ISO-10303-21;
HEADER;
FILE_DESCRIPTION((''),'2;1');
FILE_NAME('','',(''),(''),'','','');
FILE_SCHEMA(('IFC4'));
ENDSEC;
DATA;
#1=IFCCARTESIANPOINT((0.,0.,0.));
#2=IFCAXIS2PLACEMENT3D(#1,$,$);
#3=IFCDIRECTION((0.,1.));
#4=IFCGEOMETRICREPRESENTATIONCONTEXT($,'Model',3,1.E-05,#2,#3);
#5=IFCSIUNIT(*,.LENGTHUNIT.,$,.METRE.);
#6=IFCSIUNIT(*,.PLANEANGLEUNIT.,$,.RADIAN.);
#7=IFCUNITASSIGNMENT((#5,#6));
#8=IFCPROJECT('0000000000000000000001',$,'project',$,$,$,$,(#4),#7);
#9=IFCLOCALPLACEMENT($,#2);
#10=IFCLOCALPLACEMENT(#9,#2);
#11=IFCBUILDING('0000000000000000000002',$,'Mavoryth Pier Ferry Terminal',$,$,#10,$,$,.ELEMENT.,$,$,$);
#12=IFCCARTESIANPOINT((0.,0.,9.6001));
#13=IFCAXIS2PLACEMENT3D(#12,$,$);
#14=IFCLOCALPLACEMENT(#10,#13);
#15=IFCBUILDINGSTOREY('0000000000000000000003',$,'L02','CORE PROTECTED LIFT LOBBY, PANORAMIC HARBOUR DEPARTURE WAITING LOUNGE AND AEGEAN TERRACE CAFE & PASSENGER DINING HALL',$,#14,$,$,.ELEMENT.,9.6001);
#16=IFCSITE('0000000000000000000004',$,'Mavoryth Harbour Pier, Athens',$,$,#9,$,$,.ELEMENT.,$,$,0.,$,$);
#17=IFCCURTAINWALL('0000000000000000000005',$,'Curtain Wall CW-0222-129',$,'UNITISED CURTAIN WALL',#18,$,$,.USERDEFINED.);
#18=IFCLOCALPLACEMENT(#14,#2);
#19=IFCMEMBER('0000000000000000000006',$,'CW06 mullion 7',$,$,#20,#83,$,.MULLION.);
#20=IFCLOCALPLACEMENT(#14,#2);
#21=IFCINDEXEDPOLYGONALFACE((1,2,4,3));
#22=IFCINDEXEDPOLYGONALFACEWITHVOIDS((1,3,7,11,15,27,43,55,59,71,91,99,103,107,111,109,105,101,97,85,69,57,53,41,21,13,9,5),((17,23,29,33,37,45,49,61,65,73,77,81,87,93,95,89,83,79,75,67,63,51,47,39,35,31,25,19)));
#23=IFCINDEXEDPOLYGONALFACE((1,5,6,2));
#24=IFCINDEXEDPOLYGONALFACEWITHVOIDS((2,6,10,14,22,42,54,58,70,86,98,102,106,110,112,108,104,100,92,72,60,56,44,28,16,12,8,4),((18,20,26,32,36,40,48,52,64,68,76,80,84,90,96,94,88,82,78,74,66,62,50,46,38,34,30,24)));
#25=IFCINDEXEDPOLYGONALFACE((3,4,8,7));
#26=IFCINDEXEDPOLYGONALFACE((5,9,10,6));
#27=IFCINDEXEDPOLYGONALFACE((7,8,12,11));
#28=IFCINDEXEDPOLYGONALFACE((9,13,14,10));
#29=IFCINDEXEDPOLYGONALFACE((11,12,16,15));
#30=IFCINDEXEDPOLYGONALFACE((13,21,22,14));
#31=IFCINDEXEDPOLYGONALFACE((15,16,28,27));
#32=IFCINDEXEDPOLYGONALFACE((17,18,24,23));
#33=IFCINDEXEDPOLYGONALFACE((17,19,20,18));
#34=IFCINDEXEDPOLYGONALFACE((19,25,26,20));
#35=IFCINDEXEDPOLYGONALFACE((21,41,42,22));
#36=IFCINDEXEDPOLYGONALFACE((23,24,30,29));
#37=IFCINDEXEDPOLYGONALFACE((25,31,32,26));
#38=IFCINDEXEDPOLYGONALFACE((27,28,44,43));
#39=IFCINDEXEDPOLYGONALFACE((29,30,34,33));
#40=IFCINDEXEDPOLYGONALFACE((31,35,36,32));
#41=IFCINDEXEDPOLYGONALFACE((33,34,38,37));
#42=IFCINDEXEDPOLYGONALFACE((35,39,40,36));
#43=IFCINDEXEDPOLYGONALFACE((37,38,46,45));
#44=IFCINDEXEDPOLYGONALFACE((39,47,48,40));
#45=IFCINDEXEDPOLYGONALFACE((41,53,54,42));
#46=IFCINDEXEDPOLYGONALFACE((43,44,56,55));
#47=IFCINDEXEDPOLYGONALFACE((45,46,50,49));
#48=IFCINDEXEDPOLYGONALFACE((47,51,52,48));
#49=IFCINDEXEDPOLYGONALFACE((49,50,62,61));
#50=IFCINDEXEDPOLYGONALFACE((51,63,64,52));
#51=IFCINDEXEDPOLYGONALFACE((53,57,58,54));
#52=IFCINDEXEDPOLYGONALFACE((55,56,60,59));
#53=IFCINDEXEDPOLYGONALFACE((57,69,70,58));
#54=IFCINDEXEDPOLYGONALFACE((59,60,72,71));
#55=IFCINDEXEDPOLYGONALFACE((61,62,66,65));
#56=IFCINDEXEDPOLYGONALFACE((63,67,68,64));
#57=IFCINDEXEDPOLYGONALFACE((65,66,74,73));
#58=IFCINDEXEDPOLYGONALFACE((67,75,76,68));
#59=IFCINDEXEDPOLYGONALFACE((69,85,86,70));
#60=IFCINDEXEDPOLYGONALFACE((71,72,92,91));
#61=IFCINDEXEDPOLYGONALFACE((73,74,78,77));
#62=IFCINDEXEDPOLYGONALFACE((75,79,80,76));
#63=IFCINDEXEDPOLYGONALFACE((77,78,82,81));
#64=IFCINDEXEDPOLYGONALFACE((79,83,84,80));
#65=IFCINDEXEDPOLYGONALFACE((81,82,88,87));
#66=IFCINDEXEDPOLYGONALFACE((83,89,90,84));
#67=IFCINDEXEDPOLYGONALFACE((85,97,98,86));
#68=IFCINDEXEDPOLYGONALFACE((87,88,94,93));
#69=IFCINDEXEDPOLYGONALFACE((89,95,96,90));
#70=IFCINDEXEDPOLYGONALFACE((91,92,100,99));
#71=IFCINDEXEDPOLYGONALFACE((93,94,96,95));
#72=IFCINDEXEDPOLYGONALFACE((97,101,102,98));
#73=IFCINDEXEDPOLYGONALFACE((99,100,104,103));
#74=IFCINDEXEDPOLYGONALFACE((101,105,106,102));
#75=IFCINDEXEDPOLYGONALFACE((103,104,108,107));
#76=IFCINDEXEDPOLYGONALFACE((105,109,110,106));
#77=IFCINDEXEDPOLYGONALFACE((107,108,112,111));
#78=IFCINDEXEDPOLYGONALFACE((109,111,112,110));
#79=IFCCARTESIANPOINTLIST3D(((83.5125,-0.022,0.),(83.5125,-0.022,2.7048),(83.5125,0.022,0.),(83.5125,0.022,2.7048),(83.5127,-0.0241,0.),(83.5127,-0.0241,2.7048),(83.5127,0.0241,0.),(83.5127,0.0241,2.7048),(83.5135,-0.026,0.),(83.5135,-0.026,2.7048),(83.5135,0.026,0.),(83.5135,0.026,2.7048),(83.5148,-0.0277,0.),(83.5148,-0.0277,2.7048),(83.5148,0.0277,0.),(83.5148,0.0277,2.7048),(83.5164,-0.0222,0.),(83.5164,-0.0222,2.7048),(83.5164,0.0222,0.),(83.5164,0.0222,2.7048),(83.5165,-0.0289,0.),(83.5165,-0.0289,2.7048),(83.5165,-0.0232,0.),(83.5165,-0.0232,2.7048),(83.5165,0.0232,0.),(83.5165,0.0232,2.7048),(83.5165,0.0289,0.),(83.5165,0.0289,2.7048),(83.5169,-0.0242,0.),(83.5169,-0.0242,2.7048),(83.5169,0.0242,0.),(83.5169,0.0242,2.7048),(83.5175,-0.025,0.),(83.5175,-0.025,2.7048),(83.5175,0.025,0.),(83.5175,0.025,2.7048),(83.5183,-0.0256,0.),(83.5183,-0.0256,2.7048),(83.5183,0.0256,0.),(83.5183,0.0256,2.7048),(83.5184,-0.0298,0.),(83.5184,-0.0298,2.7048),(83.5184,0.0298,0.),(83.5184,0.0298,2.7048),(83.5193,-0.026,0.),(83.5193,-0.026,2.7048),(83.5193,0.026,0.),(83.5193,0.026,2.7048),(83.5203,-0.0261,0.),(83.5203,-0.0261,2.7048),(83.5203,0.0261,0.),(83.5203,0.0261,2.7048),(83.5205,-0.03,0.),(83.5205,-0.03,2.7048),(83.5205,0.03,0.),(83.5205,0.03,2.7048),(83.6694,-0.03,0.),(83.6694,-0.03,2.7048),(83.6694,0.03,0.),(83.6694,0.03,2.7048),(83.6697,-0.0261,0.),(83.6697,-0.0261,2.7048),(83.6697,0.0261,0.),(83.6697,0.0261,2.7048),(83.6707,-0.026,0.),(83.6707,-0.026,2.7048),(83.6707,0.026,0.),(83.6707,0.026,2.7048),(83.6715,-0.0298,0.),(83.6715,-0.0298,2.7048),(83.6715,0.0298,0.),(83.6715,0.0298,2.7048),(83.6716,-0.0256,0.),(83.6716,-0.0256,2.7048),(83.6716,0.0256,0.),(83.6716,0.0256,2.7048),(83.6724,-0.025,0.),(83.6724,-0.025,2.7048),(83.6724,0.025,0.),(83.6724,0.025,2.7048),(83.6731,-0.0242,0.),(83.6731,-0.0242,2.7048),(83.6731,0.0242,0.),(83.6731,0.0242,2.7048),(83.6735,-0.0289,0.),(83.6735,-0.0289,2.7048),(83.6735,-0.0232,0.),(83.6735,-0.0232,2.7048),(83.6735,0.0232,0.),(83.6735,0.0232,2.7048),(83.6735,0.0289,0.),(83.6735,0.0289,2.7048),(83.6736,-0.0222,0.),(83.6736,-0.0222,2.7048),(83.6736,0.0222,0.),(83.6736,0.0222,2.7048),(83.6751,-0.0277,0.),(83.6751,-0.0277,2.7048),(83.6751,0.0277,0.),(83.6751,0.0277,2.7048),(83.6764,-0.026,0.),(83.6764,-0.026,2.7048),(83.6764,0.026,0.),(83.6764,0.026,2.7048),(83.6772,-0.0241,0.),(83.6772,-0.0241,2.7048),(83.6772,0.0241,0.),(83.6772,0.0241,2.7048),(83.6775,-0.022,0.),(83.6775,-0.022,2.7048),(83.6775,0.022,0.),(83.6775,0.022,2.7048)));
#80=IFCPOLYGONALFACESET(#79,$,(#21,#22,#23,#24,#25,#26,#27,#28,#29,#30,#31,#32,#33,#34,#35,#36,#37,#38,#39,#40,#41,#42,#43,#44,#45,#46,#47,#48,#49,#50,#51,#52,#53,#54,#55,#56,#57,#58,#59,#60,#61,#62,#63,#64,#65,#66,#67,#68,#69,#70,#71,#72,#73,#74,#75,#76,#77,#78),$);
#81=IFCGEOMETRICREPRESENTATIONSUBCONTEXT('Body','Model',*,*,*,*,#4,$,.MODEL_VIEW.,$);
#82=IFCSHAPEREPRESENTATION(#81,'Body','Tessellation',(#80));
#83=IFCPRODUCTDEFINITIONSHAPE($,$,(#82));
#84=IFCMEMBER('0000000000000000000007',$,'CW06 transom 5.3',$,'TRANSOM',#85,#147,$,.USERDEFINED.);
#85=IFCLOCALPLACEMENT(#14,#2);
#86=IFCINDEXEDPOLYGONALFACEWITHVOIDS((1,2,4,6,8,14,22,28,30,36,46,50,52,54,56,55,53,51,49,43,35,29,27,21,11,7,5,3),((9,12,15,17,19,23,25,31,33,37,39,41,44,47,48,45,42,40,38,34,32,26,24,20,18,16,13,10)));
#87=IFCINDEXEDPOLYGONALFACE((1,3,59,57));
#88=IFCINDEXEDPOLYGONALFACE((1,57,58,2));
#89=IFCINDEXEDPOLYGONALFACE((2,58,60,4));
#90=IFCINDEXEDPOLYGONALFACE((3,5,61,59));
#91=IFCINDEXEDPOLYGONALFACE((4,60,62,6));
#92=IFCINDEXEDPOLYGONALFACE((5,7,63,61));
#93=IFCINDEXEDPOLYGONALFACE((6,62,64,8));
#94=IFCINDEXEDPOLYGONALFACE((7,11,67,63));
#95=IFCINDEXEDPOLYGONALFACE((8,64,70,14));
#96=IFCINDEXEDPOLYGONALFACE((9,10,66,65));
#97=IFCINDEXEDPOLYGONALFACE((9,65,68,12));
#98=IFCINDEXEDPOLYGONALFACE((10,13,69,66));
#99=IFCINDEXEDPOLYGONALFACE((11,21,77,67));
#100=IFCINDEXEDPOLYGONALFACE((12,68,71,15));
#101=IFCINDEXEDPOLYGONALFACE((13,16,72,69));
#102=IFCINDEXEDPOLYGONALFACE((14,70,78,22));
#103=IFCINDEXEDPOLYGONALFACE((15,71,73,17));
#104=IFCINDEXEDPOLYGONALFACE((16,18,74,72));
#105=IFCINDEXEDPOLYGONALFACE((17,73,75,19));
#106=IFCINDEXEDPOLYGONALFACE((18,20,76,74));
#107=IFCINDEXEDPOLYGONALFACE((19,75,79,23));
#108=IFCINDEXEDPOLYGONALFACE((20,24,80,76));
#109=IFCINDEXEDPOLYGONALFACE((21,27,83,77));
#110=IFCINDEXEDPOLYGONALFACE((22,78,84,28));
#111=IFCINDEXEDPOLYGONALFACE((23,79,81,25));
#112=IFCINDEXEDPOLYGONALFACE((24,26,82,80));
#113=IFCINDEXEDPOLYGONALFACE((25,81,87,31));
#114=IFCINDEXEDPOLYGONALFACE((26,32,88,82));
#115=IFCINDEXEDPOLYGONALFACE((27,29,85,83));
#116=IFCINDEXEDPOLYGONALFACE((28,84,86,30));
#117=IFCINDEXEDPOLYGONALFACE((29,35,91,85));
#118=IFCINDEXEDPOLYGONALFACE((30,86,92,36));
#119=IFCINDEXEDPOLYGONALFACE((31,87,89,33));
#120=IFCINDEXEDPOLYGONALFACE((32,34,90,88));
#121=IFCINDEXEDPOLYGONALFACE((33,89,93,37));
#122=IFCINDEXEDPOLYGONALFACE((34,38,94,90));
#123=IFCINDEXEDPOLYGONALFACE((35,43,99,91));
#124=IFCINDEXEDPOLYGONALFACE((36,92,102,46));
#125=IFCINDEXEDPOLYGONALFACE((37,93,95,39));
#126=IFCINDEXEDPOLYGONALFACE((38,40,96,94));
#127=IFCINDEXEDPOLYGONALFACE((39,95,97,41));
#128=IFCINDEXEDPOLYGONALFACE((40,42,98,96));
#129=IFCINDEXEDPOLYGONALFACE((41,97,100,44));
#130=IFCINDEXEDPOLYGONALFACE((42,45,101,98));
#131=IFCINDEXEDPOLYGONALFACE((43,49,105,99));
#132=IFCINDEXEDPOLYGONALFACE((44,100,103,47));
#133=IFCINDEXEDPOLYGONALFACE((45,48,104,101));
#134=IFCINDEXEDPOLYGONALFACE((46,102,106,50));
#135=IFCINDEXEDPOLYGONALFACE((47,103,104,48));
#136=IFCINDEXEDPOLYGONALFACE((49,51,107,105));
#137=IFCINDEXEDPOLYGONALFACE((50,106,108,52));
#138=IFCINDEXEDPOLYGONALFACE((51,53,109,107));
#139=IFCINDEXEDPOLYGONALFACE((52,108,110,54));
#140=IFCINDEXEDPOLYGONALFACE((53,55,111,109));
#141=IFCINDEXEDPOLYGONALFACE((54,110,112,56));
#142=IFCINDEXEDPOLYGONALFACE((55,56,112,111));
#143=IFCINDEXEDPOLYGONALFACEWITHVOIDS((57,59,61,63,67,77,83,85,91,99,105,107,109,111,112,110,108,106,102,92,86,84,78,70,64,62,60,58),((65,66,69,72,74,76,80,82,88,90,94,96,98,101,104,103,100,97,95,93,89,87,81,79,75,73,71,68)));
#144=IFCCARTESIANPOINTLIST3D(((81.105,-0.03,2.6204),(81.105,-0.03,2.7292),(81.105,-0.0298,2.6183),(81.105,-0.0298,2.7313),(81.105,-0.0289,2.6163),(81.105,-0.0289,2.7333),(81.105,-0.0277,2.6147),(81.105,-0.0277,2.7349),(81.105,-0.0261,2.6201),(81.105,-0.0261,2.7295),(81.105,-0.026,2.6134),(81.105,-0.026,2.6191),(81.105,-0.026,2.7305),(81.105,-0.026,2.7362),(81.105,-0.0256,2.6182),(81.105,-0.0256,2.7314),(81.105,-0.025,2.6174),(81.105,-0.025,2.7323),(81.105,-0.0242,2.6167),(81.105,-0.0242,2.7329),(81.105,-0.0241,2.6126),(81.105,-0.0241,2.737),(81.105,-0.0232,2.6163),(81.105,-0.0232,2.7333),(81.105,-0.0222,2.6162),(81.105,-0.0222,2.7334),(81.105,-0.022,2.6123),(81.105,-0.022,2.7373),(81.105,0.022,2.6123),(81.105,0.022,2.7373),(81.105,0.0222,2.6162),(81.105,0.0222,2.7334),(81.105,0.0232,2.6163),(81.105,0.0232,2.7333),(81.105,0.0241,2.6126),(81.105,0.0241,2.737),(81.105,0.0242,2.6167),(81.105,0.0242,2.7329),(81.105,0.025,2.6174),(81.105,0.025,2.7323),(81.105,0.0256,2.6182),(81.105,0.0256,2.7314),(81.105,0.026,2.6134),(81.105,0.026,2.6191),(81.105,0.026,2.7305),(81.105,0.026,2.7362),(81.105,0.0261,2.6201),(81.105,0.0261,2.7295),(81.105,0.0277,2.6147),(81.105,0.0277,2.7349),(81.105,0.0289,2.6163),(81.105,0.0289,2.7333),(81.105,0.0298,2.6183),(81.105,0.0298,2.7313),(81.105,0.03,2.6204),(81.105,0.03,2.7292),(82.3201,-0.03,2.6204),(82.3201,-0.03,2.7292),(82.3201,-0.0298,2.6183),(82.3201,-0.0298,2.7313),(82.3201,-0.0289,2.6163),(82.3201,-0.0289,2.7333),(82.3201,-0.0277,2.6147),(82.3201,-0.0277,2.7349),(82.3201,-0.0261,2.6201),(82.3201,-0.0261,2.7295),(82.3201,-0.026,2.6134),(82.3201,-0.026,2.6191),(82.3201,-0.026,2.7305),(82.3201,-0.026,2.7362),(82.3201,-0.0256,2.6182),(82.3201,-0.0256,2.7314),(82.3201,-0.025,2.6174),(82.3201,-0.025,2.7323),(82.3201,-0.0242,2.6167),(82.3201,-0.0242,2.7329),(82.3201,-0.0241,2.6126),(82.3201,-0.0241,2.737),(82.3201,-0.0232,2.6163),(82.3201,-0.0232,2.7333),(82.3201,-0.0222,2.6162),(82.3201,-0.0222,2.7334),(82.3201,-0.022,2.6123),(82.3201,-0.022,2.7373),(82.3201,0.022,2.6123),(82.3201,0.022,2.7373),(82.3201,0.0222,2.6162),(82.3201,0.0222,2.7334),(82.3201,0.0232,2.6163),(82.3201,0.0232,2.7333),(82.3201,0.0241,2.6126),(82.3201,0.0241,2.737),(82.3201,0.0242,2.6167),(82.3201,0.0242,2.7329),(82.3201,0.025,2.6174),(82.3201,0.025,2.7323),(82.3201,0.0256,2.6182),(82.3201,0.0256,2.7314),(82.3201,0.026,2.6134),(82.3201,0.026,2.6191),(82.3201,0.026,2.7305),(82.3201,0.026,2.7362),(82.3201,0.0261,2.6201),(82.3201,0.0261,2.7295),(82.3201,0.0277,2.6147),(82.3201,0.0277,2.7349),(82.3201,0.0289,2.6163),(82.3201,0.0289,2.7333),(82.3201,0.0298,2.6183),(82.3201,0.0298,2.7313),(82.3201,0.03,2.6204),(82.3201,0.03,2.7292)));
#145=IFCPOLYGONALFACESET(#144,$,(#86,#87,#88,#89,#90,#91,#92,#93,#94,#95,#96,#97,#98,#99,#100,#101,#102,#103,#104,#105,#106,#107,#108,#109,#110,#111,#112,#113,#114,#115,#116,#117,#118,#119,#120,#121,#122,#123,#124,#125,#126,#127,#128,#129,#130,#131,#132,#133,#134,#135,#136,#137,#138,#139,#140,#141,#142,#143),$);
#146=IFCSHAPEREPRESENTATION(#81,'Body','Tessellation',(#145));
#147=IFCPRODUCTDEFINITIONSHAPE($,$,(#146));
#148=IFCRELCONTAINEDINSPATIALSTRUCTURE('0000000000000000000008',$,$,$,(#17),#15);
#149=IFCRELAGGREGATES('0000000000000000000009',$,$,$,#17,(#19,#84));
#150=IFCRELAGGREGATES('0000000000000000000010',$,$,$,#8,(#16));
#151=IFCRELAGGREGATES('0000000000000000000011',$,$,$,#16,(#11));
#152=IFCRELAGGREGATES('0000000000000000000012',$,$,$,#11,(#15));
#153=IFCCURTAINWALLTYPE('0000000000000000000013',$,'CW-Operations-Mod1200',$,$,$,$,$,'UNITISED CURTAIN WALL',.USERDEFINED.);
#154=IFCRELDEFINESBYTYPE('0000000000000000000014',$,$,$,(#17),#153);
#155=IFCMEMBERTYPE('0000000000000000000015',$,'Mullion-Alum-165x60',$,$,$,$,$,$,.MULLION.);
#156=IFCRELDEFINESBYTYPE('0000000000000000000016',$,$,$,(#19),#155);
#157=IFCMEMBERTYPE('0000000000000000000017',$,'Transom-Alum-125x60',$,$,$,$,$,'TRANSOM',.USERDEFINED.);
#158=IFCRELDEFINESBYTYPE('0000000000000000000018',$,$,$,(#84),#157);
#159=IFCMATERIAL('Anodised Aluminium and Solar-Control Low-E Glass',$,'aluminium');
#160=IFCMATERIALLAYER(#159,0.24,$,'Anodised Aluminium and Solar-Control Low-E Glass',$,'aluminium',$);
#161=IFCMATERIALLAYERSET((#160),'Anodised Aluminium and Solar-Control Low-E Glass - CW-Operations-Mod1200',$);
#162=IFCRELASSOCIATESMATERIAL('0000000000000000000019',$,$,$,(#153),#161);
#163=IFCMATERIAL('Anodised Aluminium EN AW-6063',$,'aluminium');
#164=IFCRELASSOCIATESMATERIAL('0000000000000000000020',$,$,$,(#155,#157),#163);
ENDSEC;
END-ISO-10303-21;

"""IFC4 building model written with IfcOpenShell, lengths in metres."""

from ifc_helpers import new_model, si_unit, direction, frame, origin, origin_2d, place, context, subcontext, project, spatial, hollow_rectangle, extrude, material, layer, layer_set, material_profile, profile_set, type_object, element, aggregate, save


model = new_model("IFC4")

# Units and contexts
model_context = context("Model", 3, precision=1e-05, world=origin(), true_north=direction((0.0, 1.0)))
body_context = subcontext(model_context, "Body", "Model", "MODEL_VIEW")
ifc_project = project(units=[si_unit("LENGTHUNIT", "METRE"), si_unit("PLANEANGLEUNIT", "RADIAN")], contexts=[model_context])

# Site, building, storey
site_placement = place(None, origin())
site = spatial("IfcSite", under=ifc_project, at=site_placement, Name="Mavoryth Harbour Pier, Athens", CompositionType="ELEMENT", RefElevation=0.0)
building_placement = place(site_placement, origin())
building = spatial("IfcBuilding", under=site, at=building_placement, Name="Mavoryth Pier Ferry Terminal", CompositionType="ELEMENT")
storey_placement = place(building_placement, frame((0.0, 0.0, 9.6001)))
storey = spatial("IfcBuildingStorey", under=building, at=storey_placement, Name="L02", Description="CORE PROTECTED LIFT LOBBY, PANORAMIC HARBOUR DEPARTURE WAITING LOUNGE AND AEGEAN TERRACE CAFE & PASSENGER DINING HALL", CompositionType="ELEMENT", Elevation=9.6001)

# Curtain wall, members
ifc_material_1 = material(Name="Anodised Aluminium and Solar-Control Low-E Glass", Category="aluminium")
ifc_layer_1 = layer(ifc_material_1, 0.24, Name="Anodised Aluminium and Solar-Control Low-E Glass", Category="aluminium")
ifc_layer_set_1 = layer_set([ifc_layer_1], Name="Anodised Aluminium and Solar-Control Low-E Glass - CW-Operations-Mod1200")
curtain_wall_type = type_object("IfcCurtainWallType", Name="CW-Operations-Mod1200", ElementType="UNITISED CURTAIN WALL", PredefinedType="USERDEFINED", material=ifc_layer_set_1)
curtain_wall_placement = place(storey_placement, origin())
curtain_wall = element("IfcCurtainWall", 1, at=curtain_wall_placement, inside=storey, type_object=curtain_wall_type, Name="Curtain Wall CW-0222-129", ObjectType="UNITISED CURTAIN WALL", PredefinedType="USERDEFINED")
ifc_material_2 = material(Name="Anodised Aluminium EN AW-6063", Category="aluminium")
ifc_material_profile_1 = material_profile(ifc_material_2, hollow_rectangle(XDim=0.0601, YDim=0.165, WallThickness=0.0039, InnerFilletRadius=0.0039, OuterFilletRadius=0.0081, at=origin_2d()), Name="AL-MULL 165x60x4", Category="aluminium")
ifc_profile_set_1 = profile_set([ifc_material_profile_1], Name="Anodised Aluminium EN AW-6063 - AL-MULL 165x60x4")
member_type_1 = type_object("IfcMemberType", Name="Mullion-Alum-165x60", PredefinedType="MULLION", material=ifc_profile_set_1)
member_1_placement = place(storey_placement, frame((83.595, 0.0, 0.0), z_axis=(0.0, 0.0, 1.0), x_axis=(0.0, 1.0, 0.0)))
member_1 = element("IfcMember", 2, at=member_1_placement, type_object=member_type_1, Name="CW06 mullion 7", PredefinedType="MULLION", context=body_context, shape_type="SweptSolid", body=[
    extrude(hollow_rectangle(XDim=0.0601, YDim=0.165, WallThickness=0.0039, InnerFilletRadius=0.0039, OuterFilletRadius=0.0081, at=origin_2d()), origin(), (0.0, 0.0, 1.0), 2.7048),
])
ifc_material_profile_2 = material_profile(ifc_material_2, hollow_rectangle(XDim=0.0601, YDim=0.125, WallThickness=0.0039, InnerFilletRadius=0.0039, OuterFilletRadius=0.0081, at=origin_2d()), Name="AL-TRAN 125x60x4", Category="aluminium")
ifc_profile_set_2 = profile_set([ifc_material_profile_2], Name="Anodised Aluminium EN AW-6063 - AL-TRAN 125x60x4")
member_type_2 = type_object("IfcMemberType", Name="Transom-Alum-125x60", ElementType="TRANSOM", PredefinedType="USERDEFINED", material=ifc_profile_set_2)
member_2_placement = place(storey_placement, frame((81.105, 0.0, 2.6748), z_axis=(1.0, 0.0, 0.0), x_axis=(0.0, 1.0, 0.0)))
member_2 = element("IfcMember", 3, at=member_2_placement, type_object=member_type_2, Name="CW06 transom 5.3", ObjectType="TRANSOM", PredefinedType="USERDEFINED", context=body_context, shape_type="SweptSolid", body=[
    extrude(hollow_rectangle(XDim=0.0601, YDim=0.125, WallThickness=0.0039, InnerFilletRadius=0.0039, OuterFilletRadius=0.0081, at=origin_2d()), origin(), (0.0, 0.0, 1.0), 1.2151),
])
aggregate(curtain_wall, [member_1, member_2])

save(model, "model.ifc")
